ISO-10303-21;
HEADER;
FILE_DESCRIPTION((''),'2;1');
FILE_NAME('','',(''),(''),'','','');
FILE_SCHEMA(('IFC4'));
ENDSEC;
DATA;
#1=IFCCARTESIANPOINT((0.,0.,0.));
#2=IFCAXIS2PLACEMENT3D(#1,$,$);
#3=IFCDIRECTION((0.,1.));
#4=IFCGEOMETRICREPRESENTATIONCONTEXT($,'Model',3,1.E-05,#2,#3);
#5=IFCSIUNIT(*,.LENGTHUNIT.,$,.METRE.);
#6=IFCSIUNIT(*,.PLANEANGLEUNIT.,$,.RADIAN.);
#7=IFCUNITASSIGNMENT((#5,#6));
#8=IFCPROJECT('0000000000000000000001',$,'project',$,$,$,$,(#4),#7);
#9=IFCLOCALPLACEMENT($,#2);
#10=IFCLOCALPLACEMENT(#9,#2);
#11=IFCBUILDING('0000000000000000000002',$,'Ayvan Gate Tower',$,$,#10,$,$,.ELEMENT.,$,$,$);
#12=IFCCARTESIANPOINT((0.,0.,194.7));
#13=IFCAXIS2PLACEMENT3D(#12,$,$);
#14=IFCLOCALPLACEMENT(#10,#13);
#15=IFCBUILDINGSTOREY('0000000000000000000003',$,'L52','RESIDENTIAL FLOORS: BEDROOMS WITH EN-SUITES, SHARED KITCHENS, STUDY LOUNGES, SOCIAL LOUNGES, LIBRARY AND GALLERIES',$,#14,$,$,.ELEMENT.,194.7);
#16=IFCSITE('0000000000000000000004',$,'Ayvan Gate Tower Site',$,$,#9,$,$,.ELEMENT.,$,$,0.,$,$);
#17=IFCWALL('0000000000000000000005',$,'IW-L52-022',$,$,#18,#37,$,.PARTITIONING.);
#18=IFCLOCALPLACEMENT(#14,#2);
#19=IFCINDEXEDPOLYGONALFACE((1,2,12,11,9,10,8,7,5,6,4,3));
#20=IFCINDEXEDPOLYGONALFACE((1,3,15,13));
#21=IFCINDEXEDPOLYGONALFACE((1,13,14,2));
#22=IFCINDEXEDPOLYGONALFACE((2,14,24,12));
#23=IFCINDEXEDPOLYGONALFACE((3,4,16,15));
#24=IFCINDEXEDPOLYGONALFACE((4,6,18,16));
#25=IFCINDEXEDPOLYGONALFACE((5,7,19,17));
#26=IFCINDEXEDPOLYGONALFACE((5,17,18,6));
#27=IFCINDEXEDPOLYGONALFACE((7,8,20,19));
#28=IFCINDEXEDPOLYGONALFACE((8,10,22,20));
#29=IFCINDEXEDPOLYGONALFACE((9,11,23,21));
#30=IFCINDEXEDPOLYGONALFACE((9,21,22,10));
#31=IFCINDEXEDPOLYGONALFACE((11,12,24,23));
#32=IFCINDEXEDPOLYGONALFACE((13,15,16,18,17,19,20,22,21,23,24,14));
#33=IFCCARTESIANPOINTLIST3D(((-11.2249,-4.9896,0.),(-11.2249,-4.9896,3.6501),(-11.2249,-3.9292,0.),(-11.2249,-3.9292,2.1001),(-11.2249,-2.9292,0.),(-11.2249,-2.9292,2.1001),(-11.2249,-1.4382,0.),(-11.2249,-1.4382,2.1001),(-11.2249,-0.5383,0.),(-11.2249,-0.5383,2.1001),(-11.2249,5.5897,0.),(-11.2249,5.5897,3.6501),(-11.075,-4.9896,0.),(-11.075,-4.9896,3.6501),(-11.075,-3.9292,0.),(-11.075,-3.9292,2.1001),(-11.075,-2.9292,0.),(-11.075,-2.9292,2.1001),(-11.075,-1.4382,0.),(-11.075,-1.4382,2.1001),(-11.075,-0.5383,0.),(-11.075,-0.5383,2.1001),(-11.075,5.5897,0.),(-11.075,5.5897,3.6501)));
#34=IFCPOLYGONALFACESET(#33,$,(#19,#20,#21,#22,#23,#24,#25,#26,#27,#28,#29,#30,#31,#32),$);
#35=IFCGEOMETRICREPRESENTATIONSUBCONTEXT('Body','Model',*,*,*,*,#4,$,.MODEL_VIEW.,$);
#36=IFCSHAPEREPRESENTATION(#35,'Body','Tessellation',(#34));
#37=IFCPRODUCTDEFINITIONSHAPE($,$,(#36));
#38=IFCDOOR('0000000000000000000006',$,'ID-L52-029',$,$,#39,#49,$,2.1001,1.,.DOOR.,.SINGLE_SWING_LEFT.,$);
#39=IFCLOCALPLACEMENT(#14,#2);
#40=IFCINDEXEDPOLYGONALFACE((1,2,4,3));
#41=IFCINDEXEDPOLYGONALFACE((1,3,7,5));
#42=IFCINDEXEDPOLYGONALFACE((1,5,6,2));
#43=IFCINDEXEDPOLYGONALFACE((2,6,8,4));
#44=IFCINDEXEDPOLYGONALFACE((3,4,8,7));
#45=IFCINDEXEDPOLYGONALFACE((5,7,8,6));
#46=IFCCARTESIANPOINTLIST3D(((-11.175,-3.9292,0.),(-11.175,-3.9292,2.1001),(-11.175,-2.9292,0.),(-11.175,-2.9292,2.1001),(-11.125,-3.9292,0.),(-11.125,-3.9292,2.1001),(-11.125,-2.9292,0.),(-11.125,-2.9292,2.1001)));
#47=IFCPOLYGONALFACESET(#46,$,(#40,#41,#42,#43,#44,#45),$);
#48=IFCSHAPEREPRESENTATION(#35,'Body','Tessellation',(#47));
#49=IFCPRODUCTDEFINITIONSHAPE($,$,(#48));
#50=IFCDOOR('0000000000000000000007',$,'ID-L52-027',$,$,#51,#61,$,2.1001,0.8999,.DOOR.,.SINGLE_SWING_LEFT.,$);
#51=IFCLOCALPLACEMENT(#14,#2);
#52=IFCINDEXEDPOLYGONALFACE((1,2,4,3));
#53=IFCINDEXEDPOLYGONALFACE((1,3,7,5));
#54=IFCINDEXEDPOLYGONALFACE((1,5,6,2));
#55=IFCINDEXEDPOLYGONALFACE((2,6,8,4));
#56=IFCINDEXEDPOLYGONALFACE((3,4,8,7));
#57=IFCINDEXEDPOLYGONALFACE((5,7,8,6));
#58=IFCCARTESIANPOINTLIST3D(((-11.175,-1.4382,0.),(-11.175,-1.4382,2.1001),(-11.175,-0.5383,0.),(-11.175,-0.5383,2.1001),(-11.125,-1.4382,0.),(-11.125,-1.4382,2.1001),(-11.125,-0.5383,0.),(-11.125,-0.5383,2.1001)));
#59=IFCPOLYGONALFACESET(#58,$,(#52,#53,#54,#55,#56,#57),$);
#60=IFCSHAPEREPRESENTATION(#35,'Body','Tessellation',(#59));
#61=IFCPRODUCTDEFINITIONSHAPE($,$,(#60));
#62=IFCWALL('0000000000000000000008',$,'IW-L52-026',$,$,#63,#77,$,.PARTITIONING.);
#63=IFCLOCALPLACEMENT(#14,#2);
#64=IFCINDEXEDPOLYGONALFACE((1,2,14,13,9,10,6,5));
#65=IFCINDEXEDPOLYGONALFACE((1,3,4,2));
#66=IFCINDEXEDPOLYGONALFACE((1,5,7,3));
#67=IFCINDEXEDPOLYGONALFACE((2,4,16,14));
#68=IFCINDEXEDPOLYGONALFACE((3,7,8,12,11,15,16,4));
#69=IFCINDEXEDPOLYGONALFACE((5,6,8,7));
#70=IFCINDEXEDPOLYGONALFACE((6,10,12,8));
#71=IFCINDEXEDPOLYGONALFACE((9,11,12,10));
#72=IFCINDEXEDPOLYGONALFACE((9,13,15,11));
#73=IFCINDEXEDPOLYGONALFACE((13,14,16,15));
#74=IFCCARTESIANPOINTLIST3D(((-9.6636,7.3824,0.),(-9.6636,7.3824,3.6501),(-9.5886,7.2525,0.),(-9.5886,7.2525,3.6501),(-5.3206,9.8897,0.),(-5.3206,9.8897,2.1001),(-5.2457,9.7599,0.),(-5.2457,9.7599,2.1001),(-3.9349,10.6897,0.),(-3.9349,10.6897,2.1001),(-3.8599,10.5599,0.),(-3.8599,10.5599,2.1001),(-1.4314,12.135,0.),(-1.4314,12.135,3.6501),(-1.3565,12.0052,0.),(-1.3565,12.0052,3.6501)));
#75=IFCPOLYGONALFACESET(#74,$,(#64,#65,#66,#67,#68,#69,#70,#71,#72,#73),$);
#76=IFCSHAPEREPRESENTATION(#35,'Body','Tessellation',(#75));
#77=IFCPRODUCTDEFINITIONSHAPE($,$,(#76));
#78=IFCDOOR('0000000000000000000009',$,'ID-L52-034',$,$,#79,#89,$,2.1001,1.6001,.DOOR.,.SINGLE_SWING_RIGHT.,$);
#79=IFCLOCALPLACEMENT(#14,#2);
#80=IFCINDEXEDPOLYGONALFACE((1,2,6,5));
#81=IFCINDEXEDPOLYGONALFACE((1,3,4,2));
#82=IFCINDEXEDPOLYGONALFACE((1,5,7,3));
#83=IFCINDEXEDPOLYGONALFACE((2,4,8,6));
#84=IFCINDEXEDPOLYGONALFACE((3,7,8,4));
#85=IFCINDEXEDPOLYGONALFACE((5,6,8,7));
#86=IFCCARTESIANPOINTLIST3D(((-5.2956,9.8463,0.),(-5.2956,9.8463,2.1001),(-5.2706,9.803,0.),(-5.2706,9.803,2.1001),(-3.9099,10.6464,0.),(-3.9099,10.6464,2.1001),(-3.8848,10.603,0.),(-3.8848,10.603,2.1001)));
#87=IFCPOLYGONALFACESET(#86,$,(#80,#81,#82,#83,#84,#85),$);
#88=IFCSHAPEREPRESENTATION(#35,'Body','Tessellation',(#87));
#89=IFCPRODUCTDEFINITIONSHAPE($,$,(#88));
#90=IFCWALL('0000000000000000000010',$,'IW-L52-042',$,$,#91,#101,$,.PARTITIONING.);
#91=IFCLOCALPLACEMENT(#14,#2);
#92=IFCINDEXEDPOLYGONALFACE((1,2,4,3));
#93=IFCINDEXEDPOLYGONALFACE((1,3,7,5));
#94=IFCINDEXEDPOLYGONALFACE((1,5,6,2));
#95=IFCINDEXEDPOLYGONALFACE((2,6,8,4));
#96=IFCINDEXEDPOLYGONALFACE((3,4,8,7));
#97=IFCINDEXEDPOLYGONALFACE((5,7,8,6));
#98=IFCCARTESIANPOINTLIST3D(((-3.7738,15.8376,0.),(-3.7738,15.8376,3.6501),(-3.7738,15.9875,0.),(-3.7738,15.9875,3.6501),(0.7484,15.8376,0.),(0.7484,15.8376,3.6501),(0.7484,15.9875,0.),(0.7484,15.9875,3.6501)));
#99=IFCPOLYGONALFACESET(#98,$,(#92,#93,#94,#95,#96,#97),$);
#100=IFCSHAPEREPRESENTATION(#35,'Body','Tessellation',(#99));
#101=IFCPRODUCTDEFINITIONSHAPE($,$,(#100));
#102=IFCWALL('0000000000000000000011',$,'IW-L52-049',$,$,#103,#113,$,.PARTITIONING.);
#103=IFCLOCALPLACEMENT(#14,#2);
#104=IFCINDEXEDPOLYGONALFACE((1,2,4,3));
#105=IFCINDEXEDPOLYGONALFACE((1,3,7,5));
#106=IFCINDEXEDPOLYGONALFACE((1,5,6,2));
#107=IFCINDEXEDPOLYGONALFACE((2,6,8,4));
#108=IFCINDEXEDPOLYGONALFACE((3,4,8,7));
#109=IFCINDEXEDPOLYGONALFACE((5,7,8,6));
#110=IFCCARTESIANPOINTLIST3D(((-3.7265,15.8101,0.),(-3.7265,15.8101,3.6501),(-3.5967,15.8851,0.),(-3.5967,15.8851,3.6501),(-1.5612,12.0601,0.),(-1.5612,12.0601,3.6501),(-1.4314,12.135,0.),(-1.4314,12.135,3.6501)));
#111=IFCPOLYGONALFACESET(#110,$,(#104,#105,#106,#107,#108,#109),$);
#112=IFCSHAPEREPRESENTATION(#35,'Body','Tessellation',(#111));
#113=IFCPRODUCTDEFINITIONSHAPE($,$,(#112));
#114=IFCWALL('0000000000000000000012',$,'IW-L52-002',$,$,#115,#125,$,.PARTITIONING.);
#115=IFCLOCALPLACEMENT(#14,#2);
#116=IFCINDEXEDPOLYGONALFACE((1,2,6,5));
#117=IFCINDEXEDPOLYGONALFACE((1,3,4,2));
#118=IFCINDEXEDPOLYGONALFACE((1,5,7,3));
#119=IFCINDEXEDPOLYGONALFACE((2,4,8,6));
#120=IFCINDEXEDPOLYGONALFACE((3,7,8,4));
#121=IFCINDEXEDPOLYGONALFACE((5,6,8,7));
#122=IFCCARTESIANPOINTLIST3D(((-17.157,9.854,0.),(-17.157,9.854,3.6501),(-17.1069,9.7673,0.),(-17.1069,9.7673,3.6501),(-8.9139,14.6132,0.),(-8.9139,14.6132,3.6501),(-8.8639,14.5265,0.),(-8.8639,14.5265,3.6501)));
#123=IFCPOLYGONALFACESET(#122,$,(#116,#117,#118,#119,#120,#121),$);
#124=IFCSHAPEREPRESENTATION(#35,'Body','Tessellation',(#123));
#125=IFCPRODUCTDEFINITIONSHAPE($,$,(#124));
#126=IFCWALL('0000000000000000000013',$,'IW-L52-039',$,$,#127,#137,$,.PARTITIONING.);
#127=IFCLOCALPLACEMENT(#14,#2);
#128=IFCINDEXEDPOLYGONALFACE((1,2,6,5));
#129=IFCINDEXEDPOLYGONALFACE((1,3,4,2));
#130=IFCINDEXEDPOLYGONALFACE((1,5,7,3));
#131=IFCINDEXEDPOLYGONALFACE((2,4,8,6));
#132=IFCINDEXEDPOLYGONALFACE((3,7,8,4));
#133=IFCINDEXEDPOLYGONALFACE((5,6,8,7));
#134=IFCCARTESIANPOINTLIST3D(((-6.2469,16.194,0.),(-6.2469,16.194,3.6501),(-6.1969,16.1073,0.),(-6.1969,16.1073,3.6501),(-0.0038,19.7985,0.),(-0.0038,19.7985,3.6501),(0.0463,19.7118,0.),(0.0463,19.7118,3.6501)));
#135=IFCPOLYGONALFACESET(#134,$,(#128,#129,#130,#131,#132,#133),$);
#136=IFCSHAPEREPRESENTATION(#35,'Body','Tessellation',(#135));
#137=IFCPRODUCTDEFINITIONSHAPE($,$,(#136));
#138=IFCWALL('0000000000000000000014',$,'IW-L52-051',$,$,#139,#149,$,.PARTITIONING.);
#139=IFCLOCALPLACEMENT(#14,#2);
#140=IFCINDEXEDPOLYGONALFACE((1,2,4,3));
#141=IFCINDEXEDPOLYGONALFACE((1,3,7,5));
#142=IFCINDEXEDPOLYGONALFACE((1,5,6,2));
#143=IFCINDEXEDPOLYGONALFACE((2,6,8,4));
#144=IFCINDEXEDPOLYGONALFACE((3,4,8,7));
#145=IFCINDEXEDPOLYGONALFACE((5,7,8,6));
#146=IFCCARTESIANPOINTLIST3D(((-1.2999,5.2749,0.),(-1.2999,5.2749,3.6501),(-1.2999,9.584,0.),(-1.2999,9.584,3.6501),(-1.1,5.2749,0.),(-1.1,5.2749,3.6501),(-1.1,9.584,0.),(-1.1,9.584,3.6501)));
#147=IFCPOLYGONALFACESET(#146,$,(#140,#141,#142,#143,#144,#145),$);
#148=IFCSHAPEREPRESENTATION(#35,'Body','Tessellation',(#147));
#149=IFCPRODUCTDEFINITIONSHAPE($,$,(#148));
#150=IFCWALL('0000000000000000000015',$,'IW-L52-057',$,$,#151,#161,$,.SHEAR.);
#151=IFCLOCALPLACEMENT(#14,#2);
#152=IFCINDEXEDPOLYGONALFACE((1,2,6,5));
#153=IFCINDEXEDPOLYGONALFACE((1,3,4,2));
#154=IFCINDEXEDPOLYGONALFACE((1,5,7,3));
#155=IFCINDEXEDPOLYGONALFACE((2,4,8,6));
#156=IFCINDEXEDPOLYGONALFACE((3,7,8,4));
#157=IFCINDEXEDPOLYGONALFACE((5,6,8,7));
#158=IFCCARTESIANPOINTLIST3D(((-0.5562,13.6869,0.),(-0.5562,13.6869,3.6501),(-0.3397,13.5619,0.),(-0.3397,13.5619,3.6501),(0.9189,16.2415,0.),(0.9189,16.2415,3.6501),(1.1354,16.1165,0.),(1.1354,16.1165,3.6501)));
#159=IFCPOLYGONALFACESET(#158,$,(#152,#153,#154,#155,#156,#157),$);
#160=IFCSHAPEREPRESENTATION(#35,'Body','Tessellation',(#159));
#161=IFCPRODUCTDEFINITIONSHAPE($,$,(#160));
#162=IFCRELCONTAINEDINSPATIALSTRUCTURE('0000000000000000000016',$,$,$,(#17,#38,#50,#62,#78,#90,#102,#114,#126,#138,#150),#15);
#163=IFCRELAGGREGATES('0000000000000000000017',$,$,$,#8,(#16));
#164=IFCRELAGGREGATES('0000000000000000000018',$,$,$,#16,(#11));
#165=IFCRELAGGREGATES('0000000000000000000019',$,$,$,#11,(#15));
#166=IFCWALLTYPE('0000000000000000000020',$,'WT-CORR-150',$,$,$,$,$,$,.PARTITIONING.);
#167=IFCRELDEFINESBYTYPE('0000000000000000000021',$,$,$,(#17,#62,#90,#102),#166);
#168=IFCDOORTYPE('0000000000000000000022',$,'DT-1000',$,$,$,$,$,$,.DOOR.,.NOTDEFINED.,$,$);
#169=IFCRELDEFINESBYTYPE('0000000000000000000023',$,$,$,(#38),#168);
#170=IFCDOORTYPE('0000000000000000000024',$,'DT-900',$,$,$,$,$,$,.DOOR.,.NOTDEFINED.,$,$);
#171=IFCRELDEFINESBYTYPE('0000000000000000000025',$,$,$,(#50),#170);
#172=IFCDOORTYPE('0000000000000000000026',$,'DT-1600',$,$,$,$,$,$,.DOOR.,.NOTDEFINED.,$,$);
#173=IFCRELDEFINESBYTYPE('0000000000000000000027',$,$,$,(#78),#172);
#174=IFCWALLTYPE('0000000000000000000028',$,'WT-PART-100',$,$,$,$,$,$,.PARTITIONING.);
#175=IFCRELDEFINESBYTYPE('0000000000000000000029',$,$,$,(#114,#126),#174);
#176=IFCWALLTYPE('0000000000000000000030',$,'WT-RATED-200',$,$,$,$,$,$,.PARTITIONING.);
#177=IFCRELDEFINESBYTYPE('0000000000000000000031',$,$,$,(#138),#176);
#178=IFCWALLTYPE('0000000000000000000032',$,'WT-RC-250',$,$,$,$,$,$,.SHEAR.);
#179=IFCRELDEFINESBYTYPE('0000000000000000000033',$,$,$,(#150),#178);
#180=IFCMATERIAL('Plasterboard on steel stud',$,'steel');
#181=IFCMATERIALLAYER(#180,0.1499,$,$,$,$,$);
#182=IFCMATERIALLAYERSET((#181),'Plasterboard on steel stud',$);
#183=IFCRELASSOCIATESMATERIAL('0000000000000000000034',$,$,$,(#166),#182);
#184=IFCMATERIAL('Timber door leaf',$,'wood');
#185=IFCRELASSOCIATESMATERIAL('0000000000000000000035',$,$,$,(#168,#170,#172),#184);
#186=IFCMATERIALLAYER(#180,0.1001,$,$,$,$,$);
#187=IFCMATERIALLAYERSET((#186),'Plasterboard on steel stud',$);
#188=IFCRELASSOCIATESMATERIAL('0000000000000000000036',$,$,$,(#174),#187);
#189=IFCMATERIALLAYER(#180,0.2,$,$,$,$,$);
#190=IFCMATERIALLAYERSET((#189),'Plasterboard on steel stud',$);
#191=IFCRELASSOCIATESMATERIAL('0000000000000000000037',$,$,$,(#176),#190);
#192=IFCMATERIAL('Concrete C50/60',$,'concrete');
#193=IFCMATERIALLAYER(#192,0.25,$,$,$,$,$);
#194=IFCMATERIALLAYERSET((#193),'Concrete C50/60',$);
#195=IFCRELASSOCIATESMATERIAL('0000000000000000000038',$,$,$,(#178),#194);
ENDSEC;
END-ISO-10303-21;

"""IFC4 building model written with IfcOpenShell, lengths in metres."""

from ifc_helpers import new_model, si_unit, direction, frame, frame_2d, origin, place, context, subcontext, project, spatial, rectangle, extrude, material, layer, layer_set, type_object, element, fill, save


model = new_model("IFC4")

# Units and contexts
model_context = context("Model", 3, precision=1e-05, world=origin(), true_north=direction((0.0, 1.0)))
body_context = subcontext(model_context, "Body", "Model", "MODEL_VIEW")
ifc_project = project(units=[si_unit("LENGTHUNIT", "METRE"), si_unit("PLANEANGLEUNIT", "RADIAN")], contexts=[model_context])

# Site, building, storey
site_placement = place(None, origin())
site = spatial("IfcSite", under=ifc_project, at=site_placement, Name="Ayvan Gate Tower Site", CompositionType="ELEMENT", RefElevation=0.0)
building_placement = place(site_placement, origin())
building = spatial("IfcBuilding", under=site, at=building_placement, Name="Ayvan Gate Tower", CompositionType="ELEMENT")
storey_placement = place(building_placement, frame((0.0, 0.0, 194.7)))
storey = spatial("IfcBuildingStorey", under=building, at=storey_placement, Name="L52", Description="RESIDENTIAL FLOORS: BEDROOMS WITH EN-SUITES, SHARED KITCHENS, STUDY LOUNGES, SOCIAL LOUNGES, LIBRARY AND GALLERIES", CompositionType="ELEMENT", Elevation=194.7)

# Shared definitions
ifc_material_1 = material(Name="Plasterboard on steel stud", Category="steel")
ifc_layer_1 = layer(ifc_material_1, 0.1499)
ifc_layer_set_1 = layer_set([ifc_layer_1], Name="Plasterboard on steel stud")
wall_type_1 = type_object("IfcWallType", Name="WT-CORR-150", PredefinedType="PARTITIONING", material=ifc_layer_set_1)

# Wall, openings, doors
wall_1_placement = place(storey_placement, frame((-11.1499, 5.5896, 0.0), z_axis=(0.0, 0.0, 1.0), x_axis=(0.0, -1.0, 0.0)))
wall_1 = element("IfcWall", 1, at=wall_1_placement, inside=storey, type_object=wall_type_1, Name="IW-L52-022", PredefinedType="PARTITIONING", context=body_context, shape_type="SweptSolid", body=[
    extrude(rectangle(XDim=10.5793, YDim=0.1499, at=frame_2d((5.2896, 0.0))), origin(), (0.0, 0.0, 1.0), 3.6501),
])
opening_1_placement = place(wall_1_placement, frame((6.1279, 0.0, 0.0)))
opening_1 = element("IfcOpeningElement", 2, at=opening_1_placement, cuts=wall_1, PredefinedType="OPENING", context=body_context, shape_type="SweptSolid", body=[
    extrude(rectangle(XDim=0.8999, YDim=2.1001, at=frame_2d((0.45, 1.05))), frame((0.0, 0.085, 0.0), z_axis=(0.0, -1.0, 0.0), x_axis=(1.0, 0.0, 0.0)), (0.0, 0.0, 1.0), 0.1699),
])
opening_2_placement = place(wall_1_placement, frame((8.5188, 0.0, 0.0)))
opening_2 = element("IfcOpeningElement", 3, at=opening_2_placement, cuts=wall_1, PredefinedType="OPENING", context=body_context, shape_type="SweptSolid", body=[
    extrude(rectangle(XDim=1.0, YDim=2.1001, at=frame_2d((0.5, 1.05))), frame((0.0, 0.085, 0.0), z_axis=(0.0, -1.0, 0.0), x_axis=(1.0, 0.0, 0.0)), (0.0, 0.0, 1.0), 0.1699),
])
ifc_material_2 = material(Name="Timber door leaf", Category="wood")
door_type_1 = type_object("IfcDoorType", Name="DT-1000", OperationType="NOTDEFINED", PredefinedType="DOOR", material=ifc_material_2)
door_1_placement = place(opening_2_placement, origin())
door_1 = element("IfcDoor", 4, at=door_1_placement, inside=storey, type_object=door_type_1, Name="ID-L52-029", OperationType="SINGLE_SWING_LEFT", OverallHeight=2.1001, OverallWidth=1.0, PredefinedType="DOOR", context=body_context, shape_type="SweptSolid", body=[
    extrude(rectangle(XDim=1.0, YDim=2.1001, at=frame_2d((0.5, 1.05))), frame((0.0, 0.0249, 0.0), z_axis=(0.0, -1.0, 0.0), x_axis=(1.0, 0.0, 0.0)), (0.0, 0.0, 1.0), 0.05),
])
fill(opening_2, door_1)
door_type_2 = type_object("IfcDoorType", Name="DT-900", OperationType="NOTDEFINED", PredefinedType="DOOR", material=ifc_material_2)
door_2_placement = place(opening_1_placement, origin())
door_2 = element("IfcDoor", 5, at=door_2_placement, inside=storey, type_object=door_type_2, Name="ID-L52-027", OperationType="SINGLE_SWING_LEFT", OverallHeight=2.1001, OverallWidth=0.8999, PredefinedType="DOOR", context=body_context, shape_type="SweptSolid", body=[
    extrude(rectangle(XDim=0.8999, YDim=2.1001, at=frame_2d((0.45, 1.05))), frame((0.0, 0.0249, 0.0), z_axis=(0.0, -1.0, 0.0), x_axis=(1.0, 0.0, 0.0)), (0.0, 0.0, 1.0), 0.05),
])
fill(opening_1, door_2)

# Wall, opening, door
wall_2_placement = place(storey_placement, frame((-9.6262, 7.3174, 0.0), z_axis=(0.0, 0.0, 1.0), x_axis=(0.866033, 0.499987, 0.0)))
wall_2 = element("IfcWall", 6, at=wall_2_placement, inside=storey, type_object=wall_type_1, Name="IW-L52-026", PredefinedType="PARTITIONING", context=body_context, shape_type="SweptSolid", body=[
    extrude(rectangle(XDim=9.5056, YDim=0.1499, at=frame_2d((4.7529, 0.0))), origin(), (0.0, 0.0, 1.0), 3.6501),
])
opening_3_placement = place(wall_2_placement, frame((5.0149, 0.0, 0.0)))
opening_3 = element("IfcOpeningElement", 7, at=opening_3_placement, cuts=wall_2, PredefinedType="OPENING", context=body_context, shape_type="SweptSolid", body=[
    extrude(rectangle(XDim=1.6001, YDim=2.1001, at=frame_2d((0.8, 1.05))), frame((0.0, 0.085, 0.0), z_axis=(0.0, -1.0, 0.0), x_axis=(1.0, 0.0, 0.0)), (0.0, 0.0, 1.0), 0.1699),
])
door_type_3 = type_object("IfcDoorType", Name="DT-1600", OperationType="NOTDEFINED", PredefinedType="DOOR", material=ifc_material_2)
door_3_placement = place(opening_3_placement, origin())
door_3 = element("IfcDoor", 8, at=door_3_placement, inside=storey, type_object=door_type_3, Name="ID-L52-034", OperationType="SINGLE_SWING_RIGHT", OverallHeight=2.1001, OverallWidth=1.6001, PredefinedType="DOOR", context=body_context, shape_type="SweptSolid", body=[
    extrude(rectangle(XDim=1.6001, YDim=2.1001, at=frame_2d((0.8, 1.05))), frame((0.0, 0.0249, 0.0), z_axis=(0.0, -1.0, 0.0), x_axis=(1.0, 0.0, 0.0)), (0.0, 0.0, 1.0), 0.05),
])
fill(opening_3, door_3)

# Walls
wall_3_placement = place(storey_placement, frame((-3.7739, 15.9126, 0.0), z_axis=(0.0, 0.0, 1.0), x_axis=(1.0, 0.0, 0.0)))
element("IfcWall", 9, at=wall_3_placement, inside=storey, type_object=wall_type_1, Name="IW-L52-042", PredefinedType="PARTITIONING", context=body_context, shape_type="SweptSolid", body=[
    extrude(rectangle(XDim=4.5222, YDim=0.1499, at=frame_2d((2.2612, 0.0))), origin(), (0.0, 0.0, 1.0), 3.6501),
])
wall_4_placement = place(storey_placement, frame((-1.4963, 12.0977, 0.0), z_axis=(0.0, 0.0, 1.0), x_axis=(-0.500038, 0.866003, 0.0)))
element("IfcWall", 10, at=wall_4_placement, inside=storey, type_object=wall_type_1, Name="IW-L52-049", PredefinedType="PARTITIONING", context=body_context, shape_type="SweptSolid", body=[
    extrude(rectangle(XDim=4.3303, YDim=0.1499, at=frame_2d((2.165, 0.0))), origin(), (0.0, 0.0, 1.0), 3.6501),
])
ifc_layer_2 = layer(ifc_material_1, 0.1001)
ifc_layer_set_2 = layer_set([ifc_layer_2], Name="Plasterboard on steel stud")
wall_type_2 = type_object("IfcWallType", Name="WT-PART-100", PredefinedType="PARTITIONING", material=ifc_layer_set_2)
wall_5_placement = place(storey_placement, frame((-17.1321, 9.8105, 0.0), z_axis=(0.0, 0.0, 1.0), x_axis=(0.866022, 0.500007, 0.0)))
element("IfcWall", 11, at=wall_5_placement, inside=storey, type_object=wall_type_2, Name="IW-L52-002", PredefinedType="PARTITIONING", context=body_context, shape_type="SweptSolid", body=[
    extrude(rectangle(XDim=9.5183, YDim=0.1001, at=frame_2d((4.7593, 0.0))), origin(), (0.0, 0.0, 1.0), 3.6501),
])
wall_6_placement = place(storey_placement, frame((-6.2219, 16.1506, 0.0), z_axis=(0.0, 0.0, 1.0), x_axis=(0.866025, 0.5, 0.0)))
element("IfcWall", 12, at=wall_6_placement, inside=storey, type_object=wall_type_2, Name="IW-L52-039", PredefinedType="PARTITIONING", context=body_context, shape_type="SweptSolid", body=[
    extrude(rectangle(XDim=7.209, YDim=0.1001, at=frame_2d((3.6045, 0.0))), origin(), (0.0, 0.0, 1.0), 3.6501),
])
ifc_layer_3 = layer(ifc_material_1, 0.2)
ifc_layer_set_3 = layer_set([ifc_layer_3], Name="Plasterboard on steel stud")
wall_type_3 = type_object("IfcWallType", Name="WT-RATED-200", PredefinedType="PARTITIONING", material=ifc_layer_set_3)
wall_7_placement = place(storey_placement, frame((-1.2, 9.584, 0.0), z_axis=(0.0, 0.0, 1.0), x_axis=(0.0, -1.0, 0.0)))
element("IfcWall", 13, at=wall_7_placement, inside=storey, type_object=wall_type_3, Name="IW-L52-051", PredefinedType="PARTITIONING", context=body_context, shape_type="SweptSolid", body=[
    extrude(rectangle(XDim=4.3091, YDim=0.2, at=frame_2d((2.1545, 0.0))), origin(), (0.0, 0.0, 1.0), 3.6501),
])
ifc_material_3 = material(Name="Concrete C50/60", Category="concrete")
ifc_layer_4 = layer(ifc_material_3, 0.25)
ifc_layer_set_4 = layer_set([ifc_layer_4], Name="Concrete C50/60")
wall_type_4 = type_object("IfcWallType", Name="WT-RC-250", PredefinedType="SHEAR", material=ifc_layer_set_4)
wall_8_placement = place(storey_placement, frame((-0.448, 13.6243, 0.0), z_axis=(0.0, 0.0, 1.0), x_axis=(0.500038, 0.866004, 0.0)))
element("IfcWall", 14, at=wall_8_placement, inside=storey, type_object=wall_type_4, Name="IW-L52-057", PredefinedType="SHEAR", context=body_context, shape_type="SweptSolid", body=[
    extrude(rectangle(XDim=2.95, YDim=0.25, at=frame_2d((1.4751, 0.0))), origin(), (0.0, 0.0, 1.0), 3.6501),
])

save(model, "model.ifc")
